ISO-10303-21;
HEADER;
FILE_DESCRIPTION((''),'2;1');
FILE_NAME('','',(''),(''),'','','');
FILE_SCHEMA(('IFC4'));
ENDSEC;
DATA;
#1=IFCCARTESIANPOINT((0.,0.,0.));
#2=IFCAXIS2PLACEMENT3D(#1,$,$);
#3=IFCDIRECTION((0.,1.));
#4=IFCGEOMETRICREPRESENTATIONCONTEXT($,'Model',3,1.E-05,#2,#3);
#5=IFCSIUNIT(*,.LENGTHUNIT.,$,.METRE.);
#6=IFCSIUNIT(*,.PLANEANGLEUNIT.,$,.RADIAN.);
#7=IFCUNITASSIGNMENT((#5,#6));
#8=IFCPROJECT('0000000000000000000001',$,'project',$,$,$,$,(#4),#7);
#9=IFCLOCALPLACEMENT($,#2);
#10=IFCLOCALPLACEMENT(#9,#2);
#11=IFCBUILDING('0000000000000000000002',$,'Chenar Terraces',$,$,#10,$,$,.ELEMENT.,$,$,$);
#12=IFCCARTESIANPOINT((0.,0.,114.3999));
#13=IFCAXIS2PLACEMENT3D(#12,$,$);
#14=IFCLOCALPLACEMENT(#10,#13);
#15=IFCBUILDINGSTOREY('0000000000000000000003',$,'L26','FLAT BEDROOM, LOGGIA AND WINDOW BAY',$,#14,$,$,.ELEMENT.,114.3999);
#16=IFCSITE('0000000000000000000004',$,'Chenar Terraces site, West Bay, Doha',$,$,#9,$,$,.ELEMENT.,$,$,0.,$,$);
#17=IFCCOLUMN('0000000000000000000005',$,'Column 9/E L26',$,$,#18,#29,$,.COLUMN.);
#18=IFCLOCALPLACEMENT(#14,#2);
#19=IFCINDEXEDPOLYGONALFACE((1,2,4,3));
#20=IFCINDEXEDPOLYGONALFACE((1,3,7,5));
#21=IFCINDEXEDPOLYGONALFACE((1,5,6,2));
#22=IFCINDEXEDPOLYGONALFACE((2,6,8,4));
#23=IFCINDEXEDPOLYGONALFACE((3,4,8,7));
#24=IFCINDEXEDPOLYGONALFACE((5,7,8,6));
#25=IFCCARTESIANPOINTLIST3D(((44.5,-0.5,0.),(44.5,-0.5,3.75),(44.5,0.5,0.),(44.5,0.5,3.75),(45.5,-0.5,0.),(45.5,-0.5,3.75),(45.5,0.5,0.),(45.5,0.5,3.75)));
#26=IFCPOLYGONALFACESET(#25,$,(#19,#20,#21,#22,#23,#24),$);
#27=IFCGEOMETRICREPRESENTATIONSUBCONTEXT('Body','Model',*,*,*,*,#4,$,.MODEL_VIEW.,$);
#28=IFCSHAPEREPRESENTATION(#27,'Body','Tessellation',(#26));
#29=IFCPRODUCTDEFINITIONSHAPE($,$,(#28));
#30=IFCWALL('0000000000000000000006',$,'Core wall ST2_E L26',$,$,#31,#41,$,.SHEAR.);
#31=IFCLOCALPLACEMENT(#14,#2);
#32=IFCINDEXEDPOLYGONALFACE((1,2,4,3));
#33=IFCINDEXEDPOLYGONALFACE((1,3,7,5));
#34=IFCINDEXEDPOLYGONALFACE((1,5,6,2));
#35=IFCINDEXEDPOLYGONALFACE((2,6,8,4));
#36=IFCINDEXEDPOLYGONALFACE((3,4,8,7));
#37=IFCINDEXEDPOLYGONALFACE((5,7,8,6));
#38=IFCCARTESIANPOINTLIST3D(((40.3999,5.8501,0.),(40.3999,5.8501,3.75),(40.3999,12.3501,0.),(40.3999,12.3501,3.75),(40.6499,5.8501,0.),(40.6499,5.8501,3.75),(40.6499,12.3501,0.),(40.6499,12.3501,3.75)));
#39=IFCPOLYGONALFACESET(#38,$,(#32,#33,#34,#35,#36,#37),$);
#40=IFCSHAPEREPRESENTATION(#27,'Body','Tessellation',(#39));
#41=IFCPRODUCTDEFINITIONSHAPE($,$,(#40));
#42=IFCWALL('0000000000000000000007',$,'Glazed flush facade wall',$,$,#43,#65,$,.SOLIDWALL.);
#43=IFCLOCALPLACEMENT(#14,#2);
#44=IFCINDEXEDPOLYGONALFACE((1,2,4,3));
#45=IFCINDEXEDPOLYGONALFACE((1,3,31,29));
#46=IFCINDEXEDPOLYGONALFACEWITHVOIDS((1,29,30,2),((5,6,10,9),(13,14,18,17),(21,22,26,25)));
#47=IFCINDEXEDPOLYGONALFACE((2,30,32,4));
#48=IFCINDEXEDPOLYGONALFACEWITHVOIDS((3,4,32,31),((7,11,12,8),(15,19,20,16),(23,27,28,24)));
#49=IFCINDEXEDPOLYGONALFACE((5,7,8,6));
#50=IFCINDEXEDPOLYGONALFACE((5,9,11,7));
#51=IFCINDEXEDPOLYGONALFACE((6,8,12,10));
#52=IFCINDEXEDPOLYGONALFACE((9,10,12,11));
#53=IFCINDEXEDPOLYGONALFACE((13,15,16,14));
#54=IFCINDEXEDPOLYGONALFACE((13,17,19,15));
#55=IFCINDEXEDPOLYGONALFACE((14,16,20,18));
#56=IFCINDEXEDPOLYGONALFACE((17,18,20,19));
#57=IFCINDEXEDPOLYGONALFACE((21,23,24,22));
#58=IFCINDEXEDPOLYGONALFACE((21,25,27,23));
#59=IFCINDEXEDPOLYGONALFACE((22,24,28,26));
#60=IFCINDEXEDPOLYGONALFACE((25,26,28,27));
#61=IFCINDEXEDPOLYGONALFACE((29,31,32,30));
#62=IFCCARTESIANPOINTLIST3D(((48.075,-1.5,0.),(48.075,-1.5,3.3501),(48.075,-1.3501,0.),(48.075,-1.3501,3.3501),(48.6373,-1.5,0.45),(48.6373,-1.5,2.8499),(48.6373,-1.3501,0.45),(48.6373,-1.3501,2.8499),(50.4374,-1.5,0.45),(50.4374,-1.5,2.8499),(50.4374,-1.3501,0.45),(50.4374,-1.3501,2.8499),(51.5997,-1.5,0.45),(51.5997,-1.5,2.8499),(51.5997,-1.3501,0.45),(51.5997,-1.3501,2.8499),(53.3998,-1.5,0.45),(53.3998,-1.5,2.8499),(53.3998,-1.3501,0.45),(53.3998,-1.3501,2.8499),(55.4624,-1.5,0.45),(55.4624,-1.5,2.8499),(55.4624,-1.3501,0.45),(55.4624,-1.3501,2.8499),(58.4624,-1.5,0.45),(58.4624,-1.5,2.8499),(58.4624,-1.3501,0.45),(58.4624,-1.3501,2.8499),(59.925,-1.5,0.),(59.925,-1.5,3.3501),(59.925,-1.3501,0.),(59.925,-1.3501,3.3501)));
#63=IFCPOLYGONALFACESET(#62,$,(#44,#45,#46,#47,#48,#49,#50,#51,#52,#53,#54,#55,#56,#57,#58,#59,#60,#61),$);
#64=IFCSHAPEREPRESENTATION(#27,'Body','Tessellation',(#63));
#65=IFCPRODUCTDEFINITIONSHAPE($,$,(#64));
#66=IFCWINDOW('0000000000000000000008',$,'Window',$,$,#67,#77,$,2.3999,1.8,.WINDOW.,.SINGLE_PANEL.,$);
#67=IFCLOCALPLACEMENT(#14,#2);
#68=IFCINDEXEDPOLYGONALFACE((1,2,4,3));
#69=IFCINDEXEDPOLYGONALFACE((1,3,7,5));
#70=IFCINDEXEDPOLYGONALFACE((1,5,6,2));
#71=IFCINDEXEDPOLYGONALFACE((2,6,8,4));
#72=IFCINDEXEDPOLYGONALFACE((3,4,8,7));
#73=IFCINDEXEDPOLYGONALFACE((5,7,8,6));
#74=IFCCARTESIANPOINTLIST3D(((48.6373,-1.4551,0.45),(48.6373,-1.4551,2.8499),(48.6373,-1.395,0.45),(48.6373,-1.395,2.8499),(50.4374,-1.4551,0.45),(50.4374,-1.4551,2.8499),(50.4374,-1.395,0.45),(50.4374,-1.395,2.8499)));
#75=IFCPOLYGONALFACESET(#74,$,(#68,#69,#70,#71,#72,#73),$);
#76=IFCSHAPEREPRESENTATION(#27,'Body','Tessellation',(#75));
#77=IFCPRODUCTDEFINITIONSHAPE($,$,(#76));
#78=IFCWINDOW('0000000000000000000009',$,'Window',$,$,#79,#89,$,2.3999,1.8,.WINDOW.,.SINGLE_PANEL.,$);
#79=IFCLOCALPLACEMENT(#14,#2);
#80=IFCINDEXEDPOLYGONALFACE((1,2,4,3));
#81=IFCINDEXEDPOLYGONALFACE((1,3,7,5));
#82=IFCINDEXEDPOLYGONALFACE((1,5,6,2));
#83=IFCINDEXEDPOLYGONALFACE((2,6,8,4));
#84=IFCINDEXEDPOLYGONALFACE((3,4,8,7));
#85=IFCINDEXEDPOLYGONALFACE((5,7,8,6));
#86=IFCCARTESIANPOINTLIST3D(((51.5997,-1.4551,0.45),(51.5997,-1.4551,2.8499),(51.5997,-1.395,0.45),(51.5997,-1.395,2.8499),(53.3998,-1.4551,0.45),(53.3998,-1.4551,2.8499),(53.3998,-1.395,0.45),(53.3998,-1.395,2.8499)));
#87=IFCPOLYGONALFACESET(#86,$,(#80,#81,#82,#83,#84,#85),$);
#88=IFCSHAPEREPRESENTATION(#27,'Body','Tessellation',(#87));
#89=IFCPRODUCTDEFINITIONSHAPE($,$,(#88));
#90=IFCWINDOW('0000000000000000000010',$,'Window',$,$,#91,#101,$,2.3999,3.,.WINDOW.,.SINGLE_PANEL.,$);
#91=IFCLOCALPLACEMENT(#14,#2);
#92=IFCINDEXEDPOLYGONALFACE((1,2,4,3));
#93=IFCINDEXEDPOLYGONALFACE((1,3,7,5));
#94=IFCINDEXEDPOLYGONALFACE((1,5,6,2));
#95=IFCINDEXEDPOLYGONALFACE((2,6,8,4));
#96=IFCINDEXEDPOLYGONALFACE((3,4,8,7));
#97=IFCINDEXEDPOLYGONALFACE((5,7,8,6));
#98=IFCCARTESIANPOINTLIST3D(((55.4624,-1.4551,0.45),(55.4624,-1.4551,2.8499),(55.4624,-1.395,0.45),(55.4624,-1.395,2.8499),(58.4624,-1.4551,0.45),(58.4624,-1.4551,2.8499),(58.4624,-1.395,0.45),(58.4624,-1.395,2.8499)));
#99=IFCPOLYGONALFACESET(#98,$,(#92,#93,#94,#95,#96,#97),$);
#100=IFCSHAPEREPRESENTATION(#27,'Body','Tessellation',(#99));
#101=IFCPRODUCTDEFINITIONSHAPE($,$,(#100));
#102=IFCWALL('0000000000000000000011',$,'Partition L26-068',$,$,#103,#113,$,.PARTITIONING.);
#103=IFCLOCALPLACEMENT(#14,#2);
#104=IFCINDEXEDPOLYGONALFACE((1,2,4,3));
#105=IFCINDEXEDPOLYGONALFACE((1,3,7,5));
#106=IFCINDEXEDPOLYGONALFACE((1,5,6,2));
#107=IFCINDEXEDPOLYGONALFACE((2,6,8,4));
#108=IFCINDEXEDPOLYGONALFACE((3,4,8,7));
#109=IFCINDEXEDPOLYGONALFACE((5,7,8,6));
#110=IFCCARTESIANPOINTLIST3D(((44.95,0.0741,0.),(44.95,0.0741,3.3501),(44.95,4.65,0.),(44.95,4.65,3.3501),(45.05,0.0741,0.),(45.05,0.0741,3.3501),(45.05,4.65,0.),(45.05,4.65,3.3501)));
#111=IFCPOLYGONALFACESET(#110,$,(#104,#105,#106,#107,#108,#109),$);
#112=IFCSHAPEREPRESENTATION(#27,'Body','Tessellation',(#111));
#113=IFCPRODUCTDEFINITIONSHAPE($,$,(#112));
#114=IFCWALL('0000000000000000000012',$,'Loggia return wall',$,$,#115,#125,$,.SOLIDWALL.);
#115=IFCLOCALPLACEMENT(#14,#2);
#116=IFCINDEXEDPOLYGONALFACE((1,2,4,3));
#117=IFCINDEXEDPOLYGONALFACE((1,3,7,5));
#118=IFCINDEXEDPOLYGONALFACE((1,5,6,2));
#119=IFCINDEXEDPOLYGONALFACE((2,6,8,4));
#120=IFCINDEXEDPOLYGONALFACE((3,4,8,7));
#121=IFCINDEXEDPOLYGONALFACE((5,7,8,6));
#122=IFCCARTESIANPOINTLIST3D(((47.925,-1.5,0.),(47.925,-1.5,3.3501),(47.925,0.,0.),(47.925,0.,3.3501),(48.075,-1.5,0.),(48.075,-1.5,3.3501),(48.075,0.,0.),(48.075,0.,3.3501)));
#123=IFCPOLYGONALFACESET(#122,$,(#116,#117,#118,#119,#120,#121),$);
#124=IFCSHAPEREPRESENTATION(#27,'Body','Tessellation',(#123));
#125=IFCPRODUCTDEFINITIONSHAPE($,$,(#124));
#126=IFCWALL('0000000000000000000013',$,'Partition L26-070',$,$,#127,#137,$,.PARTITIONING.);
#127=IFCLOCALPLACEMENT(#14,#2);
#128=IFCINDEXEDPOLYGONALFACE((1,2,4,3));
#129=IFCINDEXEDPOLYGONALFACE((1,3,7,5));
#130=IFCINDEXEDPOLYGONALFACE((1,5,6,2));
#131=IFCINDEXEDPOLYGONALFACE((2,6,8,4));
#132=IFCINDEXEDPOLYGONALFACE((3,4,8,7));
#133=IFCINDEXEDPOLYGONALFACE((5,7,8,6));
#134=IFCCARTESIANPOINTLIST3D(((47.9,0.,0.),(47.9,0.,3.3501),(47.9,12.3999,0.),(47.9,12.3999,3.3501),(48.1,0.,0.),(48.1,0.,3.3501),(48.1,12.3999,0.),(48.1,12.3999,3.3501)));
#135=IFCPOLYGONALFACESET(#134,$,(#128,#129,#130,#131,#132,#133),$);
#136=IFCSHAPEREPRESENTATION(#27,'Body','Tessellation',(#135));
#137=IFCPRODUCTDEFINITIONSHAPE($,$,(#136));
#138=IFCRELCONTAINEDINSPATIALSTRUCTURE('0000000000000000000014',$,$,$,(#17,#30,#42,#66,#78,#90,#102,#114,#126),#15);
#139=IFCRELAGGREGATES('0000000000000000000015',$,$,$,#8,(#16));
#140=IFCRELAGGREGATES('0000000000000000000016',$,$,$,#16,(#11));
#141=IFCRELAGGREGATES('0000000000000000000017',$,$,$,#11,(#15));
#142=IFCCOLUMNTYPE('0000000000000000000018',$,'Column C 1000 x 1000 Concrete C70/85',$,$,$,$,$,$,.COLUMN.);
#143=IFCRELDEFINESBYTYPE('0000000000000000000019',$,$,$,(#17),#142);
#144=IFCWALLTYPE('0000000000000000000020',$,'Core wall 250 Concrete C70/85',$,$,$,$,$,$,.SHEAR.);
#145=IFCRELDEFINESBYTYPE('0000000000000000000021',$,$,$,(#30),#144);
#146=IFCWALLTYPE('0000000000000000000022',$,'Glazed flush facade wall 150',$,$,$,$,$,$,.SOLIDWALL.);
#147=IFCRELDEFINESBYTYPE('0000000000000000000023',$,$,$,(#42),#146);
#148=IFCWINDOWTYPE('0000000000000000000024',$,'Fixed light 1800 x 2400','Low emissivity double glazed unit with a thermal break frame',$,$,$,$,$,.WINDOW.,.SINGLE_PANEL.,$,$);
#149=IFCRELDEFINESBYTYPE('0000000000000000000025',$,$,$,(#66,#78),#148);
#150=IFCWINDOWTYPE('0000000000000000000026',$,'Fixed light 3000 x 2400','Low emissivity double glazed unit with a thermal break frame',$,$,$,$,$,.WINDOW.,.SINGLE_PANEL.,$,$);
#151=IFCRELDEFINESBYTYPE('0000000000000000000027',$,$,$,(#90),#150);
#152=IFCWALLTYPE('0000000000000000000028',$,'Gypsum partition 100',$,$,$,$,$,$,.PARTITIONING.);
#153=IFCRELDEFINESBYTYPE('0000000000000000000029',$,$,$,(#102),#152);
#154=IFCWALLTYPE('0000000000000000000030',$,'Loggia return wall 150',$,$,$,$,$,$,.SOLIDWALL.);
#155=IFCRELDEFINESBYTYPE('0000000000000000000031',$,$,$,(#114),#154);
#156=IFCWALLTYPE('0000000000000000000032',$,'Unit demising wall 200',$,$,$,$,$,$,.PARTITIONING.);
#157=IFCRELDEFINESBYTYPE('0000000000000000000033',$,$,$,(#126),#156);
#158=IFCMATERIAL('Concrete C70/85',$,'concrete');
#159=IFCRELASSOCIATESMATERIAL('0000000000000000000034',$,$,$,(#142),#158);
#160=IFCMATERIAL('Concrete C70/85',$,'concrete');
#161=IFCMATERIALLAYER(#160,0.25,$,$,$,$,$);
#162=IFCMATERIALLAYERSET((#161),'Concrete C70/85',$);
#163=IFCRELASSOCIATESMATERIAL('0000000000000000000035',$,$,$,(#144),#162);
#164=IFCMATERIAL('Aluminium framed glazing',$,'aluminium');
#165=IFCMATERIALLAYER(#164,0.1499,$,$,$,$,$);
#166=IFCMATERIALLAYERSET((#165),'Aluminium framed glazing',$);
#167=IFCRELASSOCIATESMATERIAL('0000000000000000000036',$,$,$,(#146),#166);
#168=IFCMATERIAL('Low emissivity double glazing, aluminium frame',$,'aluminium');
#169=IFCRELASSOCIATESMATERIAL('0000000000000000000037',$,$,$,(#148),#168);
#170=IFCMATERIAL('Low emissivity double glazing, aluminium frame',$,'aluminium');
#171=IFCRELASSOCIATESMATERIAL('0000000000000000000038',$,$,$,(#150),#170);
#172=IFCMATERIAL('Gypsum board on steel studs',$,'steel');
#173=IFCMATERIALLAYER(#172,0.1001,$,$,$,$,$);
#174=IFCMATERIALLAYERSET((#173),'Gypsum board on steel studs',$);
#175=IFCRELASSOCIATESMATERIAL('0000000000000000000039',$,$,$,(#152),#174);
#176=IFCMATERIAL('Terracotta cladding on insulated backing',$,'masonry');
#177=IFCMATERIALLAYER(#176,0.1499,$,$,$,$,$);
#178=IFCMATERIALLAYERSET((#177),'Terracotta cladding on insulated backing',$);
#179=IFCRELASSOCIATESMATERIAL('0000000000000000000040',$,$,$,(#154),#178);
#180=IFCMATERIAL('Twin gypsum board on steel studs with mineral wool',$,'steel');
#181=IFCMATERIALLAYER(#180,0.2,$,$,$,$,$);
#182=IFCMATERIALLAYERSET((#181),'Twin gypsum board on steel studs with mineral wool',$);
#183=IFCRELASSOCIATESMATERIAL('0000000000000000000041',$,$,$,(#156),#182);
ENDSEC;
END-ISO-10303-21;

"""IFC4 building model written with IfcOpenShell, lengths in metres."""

from ifc_helpers import new_model, si_unit, direction, frame, frame_2d, origin, origin_2d, place, context, subcontext, project, spatial, rectangle, extrude, material, layer, layer_set, material_profile, profile_set, type_object, element, fill, save


model = new_model("IFC4")

# Units and contexts
model_context = context("Model", 3, precision=1e-05, world=origin(), true_north=direction((0.0, 1.0)))
body_context = subcontext(model_context, "Body", "Model", "MODEL_VIEW")
ifc_project = project(units=[si_unit("LENGTHUNIT", "METRE"), si_unit("PLANEANGLEUNIT", "RADIAN")], contexts=[model_context])

# Site, building, storey
site_placement = place(None, origin())
site = spatial("IfcSite", under=ifc_project, at=site_placement, Name="Chenar Terraces site, West Bay, Doha", CompositionType="ELEMENT", RefElevation=0.0)
building_placement = place(site_placement, origin())
building = spatial("IfcBuilding", under=site, at=building_placement, Name="Chenar Terraces", CompositionType="ELEMENT")
storey_placement = place(building_placement, frame((0.0, 0.0, 114.3999)))
storey = spatial("IfcBuildingStorey", under=building, at=storey_placement, Name="L26", Description="FLAT BEDROOM, LOGGIA AND WINDOW BAY", CompositionType="ELEMENT", Elevation=114.3999)

# Column
ifc_material_1 = material(Name="Concrete C70/85", Category="concrete")
ifc_material_profile_1 = material_profile(ifc_material_1, rectangle(XDim=1.0, YDim=1.0, at=origin_2d()), Name="C 1000 x 1000")
ifc_profile_set_1 = profile_set([ifc_material_profile_1], Name="Concrete C70/85")
column_type = type_object("IfcColumnType", Name="Column C 1000 x 1000 Concrete C70/85", PredefinedType="COLUMN", material=ifc_profile_set_1)
column_placement = place(storey_placement, frame((45.0, 0.0, 0.0), z_axis=(0.0, 0.0, 1.0), x_axis=(1.0, 0.0, 0.0)))
element("IfcColumn", 1, at=column_placement, inside=storey, type_object=column_type, Name="Column 9/E L26", PredefinedType="COLUMN", context=body_context, shape_type="SweptSolid", body=[
    extrude(rectangle(XDim=1.0, YDim=1.0, at=origin_2d()), origin(), (0.0, 0.0, 1.0), 3.75),
])

# Wall
ifc_material_2 = material(Name="Concrete C70/85", Category="concrete")
ifc_layer_1 = layer(ifc_material_2, 0.25)
ifc_layer_set_1 = layer_set([ifc_layer_1], Name="Concrete C70/85")
wall_type_1 = type_object("IfcWallType", Name="Core wall 250 Concrete C70/85", PredefinedType="SHEAR", material=ifc_layer_set_1)
wall_1_placement = place(storey_placement, frame((40.5249, 5.8501, 0.0), z_axis=(0.0, 0.0, 1.0), x_axis=(0.0, 1.0, 0.0)))
element("IfcWall", 2, at=wall_1_placement, inside=storey, type_object=wall_type_1, Name="Core wall ST2_E L26", PredefinedType="SHEAR", context=body_context, shape_type="SweptSolid", body=[
    extrude(rectangle(XDim=6.5, YDim=0.25, at=frame_2d((3.25, 0.0))), origin(), (0.0, 0.0, 1.0), 3.75),
])

# Wall, openings, windows
ifc_material_3 = material(Name="Aluminium framed glazing", Category="aluminium")
ifc_layer_2 = layer(ifc_material_3, 0.1499)
ifc_layer_set_2 = layer_set([ifc_layer_2], Name="Aluminium framed glazing")
wall_type_2 = type_object("IfcWallType", Name="Glazed flush facade wall 150", PredefinedType="SOLIDWALL", material=ifc_layer_set_2)
wall_2_placement = place(storey_placement, frame((48.075, -1.425, 0.0), z_axis=(0.0, 0.0, 1.0), x_axis=(1.0, 0.0, 0.0)))
wall_2 = element("IfcWall", 3, at=wall_2_placement, inside=storey, type_object=wall_type_2, Name="Glazed flush facade wall", PredefinedType="SOLIDWALL", context=body_context, shape_type="SweptSolid", body=[
    extrude(rectangle(XDim=11.8501, YDim=0.1499, at=frame_2d((5.925, 0.0))), origin(), (0.0, 0.0, 1.0), 3.3501),
])
opening_1_placement = place(wall_2_placement, frame((0.5625, 0.0, 0.45)))
opening_1 = element("IfcOpeningElement", 4, at=opening_1_placement, cuts=wall_2, PredefinedType="OPENING", context=body_context, shape_type="SweptSolid", body=[
    extrude(rectangle(XDim=1.8, YDim=2.3999, at=frame_2d((0.8999, 1.2))), frame((0.0, 0.085, 0.0), z_axis=(0.0, -1.0, 0.0), x_axis=(1.0, 0.0, 0.0)), (0.0, 0.0, 1.0), 0.1699),
])
opening_2_placement = place(wall_2_placement, frame((3.5249, 0.0, 0.45)))
opening_2 = element("IfcOpeningElement", 5, at=opening_2_placement, cuts=wall_2, PredefinedType="OPENING", context=body_context, shape_type="SweptSolid", body=[
    extrude(rectangle(XDim=1.8, YDim=2.3999, at=frame_2d((0.8999, 1.2))), frame((0.0, 0.085, 0.0), z_axis=(0.0, -1.0, 0.0), x_axis=(1.0, 0.0, 0.0)), (0.0, 0.0, 1.0), 0.1699),
])
opening_3_placement = place(wall_2_placement, frame((7.3875, 0.0, 0.45)))
opening_3 = element("IfcOpeningElement", 6, at=opening_3_placement, cuts=wall_2, PredefinedType="OPENING", context=body_context, shape_type="SweptSolid", body=[
    extrude(rectangle(XDim=3.0, YDim=2.3999, at=frame_2d((1.5, 1.2))), frame((0.0, 0.085, 0.0), z_axis=(0.0, -1.0, 0.0), x_axis=(1.0, 0.0, 0.0)), (0.0, 0.0, 1.0), 0.1699),
])
ifc_material_4 = material(Name="Low emissivity double glazing, aluminium frame", Category="aluminium")
window_type_1 = type_object("IfcWindowType", Name="Fixed light 1800 x 2400", Description="Low emissivity double glazed unit with a thermal break frame", PartitioningType="SINGLE_PANEL", PredefinedType="WINDOW", material=ifc_material_4)
window_1_placement = place(opening_1_placement, origin())
window_1 = element("IfcWindow", 7, at=window_1_placement, inside=storey, type_object=window_type_1, Name="Window", OverallHeight=2.3999, OverallWidth=1.8, PartitioningType="SINGLE_PANEL", PredefinedType="WINDOW", context=body_context, shape_type="SweptSolid", body=[
    extrude(rectangle(XDim=1.8, YDim=2.3999, at=frame_2d((0.8999, 1.2))), frame((0.0, 0.03, 0.0), z_axis=(0.0, -1.0, 0.0), x_axis=(1.0, 0.0, 0.0)), (0.0, 0.0, 1.0), 0.0601),
])
fill(opening_1, window_1)
window_2_placement = place(opening_2_placement, origin())
window_2 = element("IfcWindow", 8, at=window_2_placement, inside=storey, type_object=window_type_1, Name="Window", OverallHeight=2.3999, OverallWidth=1.8, PartitioningType="SINGLE_PANEL", PredefinedType="WINDOW", context=body_context, shape_type="SweptSolid", body=[
    extrude(rectangle(XDim=1.8, YDim=2.3999, at=frame_2d((0.8999, 1.2))), frame((0.0, 0.03, 0.0), z_axis=(0.0, -1.0, 0.0), x_axis=(1.0, 0.0, 0.0)), (0.0, 0.0, 1.0), 0.0601),
])
fill(opening_2, window_2)
ifc_material_5 = material(Name="Low emissivity double glazing, aluminium frame", Category="aluminium")
window_type_2 = type_object("IfcWindowType", Name="Fixed light 3000 x 2400", Description="Low emissivity double glazed unit with a thermal break frame", PartitioningType="SINGLE_PANEL", PredefinedType="WINDOW", material=ifc_material_5)
window_3_placement = place(opening_3_placement, origin())
window_3 = element("IfcWindow", 9, at=window_3_placement, inside=storey, type_object=window_type_2, Name="Window", OverallHeight=2.3999, OverallWidth=3.0, PartitioningType="SINGLE_PANEL", PredefinedType="WINDOW", context=body_context, shape_type="SweptSolid", body=[
    extrude(rectangle(XDim=3.0, YDim=2.3999, at=frame_2d((1.5, 1.2))), frame((0.0, 0.03, 0.0), z_axis=(0.0, -1.0, 0.0), x_axis=(1.0, 0.0, 0.0)), (0.0, 0.0, 1.0), 0.0601),
])
fill(opening_3, window_3)

# Walls
ifc_material_6 = material(Name="Gypsum board on steel studs", Category="steel")
ifc_layer_3 = layer(ifc_material_6, 0.1001)
ifc_layer_set_3 = layer_set([ifc_layer_3], Name="Gypsum board on steel studs")
wall_type_3 = type_object("IfcWallType", Name="Gypsum partition 100", PredefinedType="PARTITIONING", material=ifc_layer_set_3)
wall_3_placement = place(storey_placement, frame((45.0, 0.074, 0.0), z_axis=(0.0, 0.0, 1.0), x_axis=(0.0, 1.0, 0.0)))
element("IfcWall", 10, at=wall_3_placement, inside=storey, type_object=wall_type_3, Name="Partition L26-068", PredefinedType="PARTITIONING", context=body_context, shape_type="SweptSolid", body=[
    extrude(rectangle(XDim=4.5759, YDim=0.1001, at=frame_2d((2.2881, 0.0))), origin(), (0.0, 0.0, 1.0), 3.3501),
])
ifc_material_7 = material(Name="Terracotta cladding on insulated backing", Category="masonry")
ifc_layer_4 = layer(ifc_material_7, 0.1499)
ifc_layer_set_4 = layer_set([ifc_layer_4], Name="Terracotta cladding on insulated backing")
wall_type_4 = type_object("IfcWallType", Name="Loggia return wall 150", PredefinedType="SOLIDWALL", material=ifc_layer_set_4)
wall_4_placement = place(storey_placement, frame((48.0, -1.5, 0.0), z_axis=(0.0, 0.0, 1.0), x_axis=(0.0, 1.0, 0.0)))
element("IfcWall", 11, at=wall_4_placement, inside=storey, type_object=wall_type_4, Name="Loggia return wall", PredefinedType="SOLIDWALL", context=body_context, shape_type="SweptSolid", body=[
    extrude(rectangle(XDim=1.5, YDim=0.1499, at=frame_2d((0.75, 0.0))), origin(), (0.0, 0.0, 1.0), 3.3501),
])
ifc_material_8 = material(Name="Twin gypsum board on steel studs with mineral wool", Category="steel")
ifc_layer_5 = layer(ifc_material_8, 0.2)
ifc_layer_set_5 = layer_set([ifc_layer_5], Name="Twin gypsum board on steel studs with mineral wool")
wall_type_5 = type_object("IfcWallType", Name="Unit demising wall 200", PredefinedType="PARTITIONING", material=ifc_layer_set_5)
wall_5_placement = place(storey_placement, frame((48.0, 0.0, 0.0), z_axis=(0.0, 0.0, 1.0), x_axis=(0.0, 1.0, 0.0)))
element("IfcWall", 12, at=wall_5_placement, inside=storey, type_object=wall_type_5, Name="Partition L26-070", PredefinedType="PARTITIONING", context=body_context, shape_type="SweptSolid", body=[
    extrude(rectangle(XDim=12.3999, YDim=0.2, at=frame_2d((6.2, 0.0))), origin(), (0.0, 0.0, 1.0), 3.3501),
])

save(model, "model.ifc")
